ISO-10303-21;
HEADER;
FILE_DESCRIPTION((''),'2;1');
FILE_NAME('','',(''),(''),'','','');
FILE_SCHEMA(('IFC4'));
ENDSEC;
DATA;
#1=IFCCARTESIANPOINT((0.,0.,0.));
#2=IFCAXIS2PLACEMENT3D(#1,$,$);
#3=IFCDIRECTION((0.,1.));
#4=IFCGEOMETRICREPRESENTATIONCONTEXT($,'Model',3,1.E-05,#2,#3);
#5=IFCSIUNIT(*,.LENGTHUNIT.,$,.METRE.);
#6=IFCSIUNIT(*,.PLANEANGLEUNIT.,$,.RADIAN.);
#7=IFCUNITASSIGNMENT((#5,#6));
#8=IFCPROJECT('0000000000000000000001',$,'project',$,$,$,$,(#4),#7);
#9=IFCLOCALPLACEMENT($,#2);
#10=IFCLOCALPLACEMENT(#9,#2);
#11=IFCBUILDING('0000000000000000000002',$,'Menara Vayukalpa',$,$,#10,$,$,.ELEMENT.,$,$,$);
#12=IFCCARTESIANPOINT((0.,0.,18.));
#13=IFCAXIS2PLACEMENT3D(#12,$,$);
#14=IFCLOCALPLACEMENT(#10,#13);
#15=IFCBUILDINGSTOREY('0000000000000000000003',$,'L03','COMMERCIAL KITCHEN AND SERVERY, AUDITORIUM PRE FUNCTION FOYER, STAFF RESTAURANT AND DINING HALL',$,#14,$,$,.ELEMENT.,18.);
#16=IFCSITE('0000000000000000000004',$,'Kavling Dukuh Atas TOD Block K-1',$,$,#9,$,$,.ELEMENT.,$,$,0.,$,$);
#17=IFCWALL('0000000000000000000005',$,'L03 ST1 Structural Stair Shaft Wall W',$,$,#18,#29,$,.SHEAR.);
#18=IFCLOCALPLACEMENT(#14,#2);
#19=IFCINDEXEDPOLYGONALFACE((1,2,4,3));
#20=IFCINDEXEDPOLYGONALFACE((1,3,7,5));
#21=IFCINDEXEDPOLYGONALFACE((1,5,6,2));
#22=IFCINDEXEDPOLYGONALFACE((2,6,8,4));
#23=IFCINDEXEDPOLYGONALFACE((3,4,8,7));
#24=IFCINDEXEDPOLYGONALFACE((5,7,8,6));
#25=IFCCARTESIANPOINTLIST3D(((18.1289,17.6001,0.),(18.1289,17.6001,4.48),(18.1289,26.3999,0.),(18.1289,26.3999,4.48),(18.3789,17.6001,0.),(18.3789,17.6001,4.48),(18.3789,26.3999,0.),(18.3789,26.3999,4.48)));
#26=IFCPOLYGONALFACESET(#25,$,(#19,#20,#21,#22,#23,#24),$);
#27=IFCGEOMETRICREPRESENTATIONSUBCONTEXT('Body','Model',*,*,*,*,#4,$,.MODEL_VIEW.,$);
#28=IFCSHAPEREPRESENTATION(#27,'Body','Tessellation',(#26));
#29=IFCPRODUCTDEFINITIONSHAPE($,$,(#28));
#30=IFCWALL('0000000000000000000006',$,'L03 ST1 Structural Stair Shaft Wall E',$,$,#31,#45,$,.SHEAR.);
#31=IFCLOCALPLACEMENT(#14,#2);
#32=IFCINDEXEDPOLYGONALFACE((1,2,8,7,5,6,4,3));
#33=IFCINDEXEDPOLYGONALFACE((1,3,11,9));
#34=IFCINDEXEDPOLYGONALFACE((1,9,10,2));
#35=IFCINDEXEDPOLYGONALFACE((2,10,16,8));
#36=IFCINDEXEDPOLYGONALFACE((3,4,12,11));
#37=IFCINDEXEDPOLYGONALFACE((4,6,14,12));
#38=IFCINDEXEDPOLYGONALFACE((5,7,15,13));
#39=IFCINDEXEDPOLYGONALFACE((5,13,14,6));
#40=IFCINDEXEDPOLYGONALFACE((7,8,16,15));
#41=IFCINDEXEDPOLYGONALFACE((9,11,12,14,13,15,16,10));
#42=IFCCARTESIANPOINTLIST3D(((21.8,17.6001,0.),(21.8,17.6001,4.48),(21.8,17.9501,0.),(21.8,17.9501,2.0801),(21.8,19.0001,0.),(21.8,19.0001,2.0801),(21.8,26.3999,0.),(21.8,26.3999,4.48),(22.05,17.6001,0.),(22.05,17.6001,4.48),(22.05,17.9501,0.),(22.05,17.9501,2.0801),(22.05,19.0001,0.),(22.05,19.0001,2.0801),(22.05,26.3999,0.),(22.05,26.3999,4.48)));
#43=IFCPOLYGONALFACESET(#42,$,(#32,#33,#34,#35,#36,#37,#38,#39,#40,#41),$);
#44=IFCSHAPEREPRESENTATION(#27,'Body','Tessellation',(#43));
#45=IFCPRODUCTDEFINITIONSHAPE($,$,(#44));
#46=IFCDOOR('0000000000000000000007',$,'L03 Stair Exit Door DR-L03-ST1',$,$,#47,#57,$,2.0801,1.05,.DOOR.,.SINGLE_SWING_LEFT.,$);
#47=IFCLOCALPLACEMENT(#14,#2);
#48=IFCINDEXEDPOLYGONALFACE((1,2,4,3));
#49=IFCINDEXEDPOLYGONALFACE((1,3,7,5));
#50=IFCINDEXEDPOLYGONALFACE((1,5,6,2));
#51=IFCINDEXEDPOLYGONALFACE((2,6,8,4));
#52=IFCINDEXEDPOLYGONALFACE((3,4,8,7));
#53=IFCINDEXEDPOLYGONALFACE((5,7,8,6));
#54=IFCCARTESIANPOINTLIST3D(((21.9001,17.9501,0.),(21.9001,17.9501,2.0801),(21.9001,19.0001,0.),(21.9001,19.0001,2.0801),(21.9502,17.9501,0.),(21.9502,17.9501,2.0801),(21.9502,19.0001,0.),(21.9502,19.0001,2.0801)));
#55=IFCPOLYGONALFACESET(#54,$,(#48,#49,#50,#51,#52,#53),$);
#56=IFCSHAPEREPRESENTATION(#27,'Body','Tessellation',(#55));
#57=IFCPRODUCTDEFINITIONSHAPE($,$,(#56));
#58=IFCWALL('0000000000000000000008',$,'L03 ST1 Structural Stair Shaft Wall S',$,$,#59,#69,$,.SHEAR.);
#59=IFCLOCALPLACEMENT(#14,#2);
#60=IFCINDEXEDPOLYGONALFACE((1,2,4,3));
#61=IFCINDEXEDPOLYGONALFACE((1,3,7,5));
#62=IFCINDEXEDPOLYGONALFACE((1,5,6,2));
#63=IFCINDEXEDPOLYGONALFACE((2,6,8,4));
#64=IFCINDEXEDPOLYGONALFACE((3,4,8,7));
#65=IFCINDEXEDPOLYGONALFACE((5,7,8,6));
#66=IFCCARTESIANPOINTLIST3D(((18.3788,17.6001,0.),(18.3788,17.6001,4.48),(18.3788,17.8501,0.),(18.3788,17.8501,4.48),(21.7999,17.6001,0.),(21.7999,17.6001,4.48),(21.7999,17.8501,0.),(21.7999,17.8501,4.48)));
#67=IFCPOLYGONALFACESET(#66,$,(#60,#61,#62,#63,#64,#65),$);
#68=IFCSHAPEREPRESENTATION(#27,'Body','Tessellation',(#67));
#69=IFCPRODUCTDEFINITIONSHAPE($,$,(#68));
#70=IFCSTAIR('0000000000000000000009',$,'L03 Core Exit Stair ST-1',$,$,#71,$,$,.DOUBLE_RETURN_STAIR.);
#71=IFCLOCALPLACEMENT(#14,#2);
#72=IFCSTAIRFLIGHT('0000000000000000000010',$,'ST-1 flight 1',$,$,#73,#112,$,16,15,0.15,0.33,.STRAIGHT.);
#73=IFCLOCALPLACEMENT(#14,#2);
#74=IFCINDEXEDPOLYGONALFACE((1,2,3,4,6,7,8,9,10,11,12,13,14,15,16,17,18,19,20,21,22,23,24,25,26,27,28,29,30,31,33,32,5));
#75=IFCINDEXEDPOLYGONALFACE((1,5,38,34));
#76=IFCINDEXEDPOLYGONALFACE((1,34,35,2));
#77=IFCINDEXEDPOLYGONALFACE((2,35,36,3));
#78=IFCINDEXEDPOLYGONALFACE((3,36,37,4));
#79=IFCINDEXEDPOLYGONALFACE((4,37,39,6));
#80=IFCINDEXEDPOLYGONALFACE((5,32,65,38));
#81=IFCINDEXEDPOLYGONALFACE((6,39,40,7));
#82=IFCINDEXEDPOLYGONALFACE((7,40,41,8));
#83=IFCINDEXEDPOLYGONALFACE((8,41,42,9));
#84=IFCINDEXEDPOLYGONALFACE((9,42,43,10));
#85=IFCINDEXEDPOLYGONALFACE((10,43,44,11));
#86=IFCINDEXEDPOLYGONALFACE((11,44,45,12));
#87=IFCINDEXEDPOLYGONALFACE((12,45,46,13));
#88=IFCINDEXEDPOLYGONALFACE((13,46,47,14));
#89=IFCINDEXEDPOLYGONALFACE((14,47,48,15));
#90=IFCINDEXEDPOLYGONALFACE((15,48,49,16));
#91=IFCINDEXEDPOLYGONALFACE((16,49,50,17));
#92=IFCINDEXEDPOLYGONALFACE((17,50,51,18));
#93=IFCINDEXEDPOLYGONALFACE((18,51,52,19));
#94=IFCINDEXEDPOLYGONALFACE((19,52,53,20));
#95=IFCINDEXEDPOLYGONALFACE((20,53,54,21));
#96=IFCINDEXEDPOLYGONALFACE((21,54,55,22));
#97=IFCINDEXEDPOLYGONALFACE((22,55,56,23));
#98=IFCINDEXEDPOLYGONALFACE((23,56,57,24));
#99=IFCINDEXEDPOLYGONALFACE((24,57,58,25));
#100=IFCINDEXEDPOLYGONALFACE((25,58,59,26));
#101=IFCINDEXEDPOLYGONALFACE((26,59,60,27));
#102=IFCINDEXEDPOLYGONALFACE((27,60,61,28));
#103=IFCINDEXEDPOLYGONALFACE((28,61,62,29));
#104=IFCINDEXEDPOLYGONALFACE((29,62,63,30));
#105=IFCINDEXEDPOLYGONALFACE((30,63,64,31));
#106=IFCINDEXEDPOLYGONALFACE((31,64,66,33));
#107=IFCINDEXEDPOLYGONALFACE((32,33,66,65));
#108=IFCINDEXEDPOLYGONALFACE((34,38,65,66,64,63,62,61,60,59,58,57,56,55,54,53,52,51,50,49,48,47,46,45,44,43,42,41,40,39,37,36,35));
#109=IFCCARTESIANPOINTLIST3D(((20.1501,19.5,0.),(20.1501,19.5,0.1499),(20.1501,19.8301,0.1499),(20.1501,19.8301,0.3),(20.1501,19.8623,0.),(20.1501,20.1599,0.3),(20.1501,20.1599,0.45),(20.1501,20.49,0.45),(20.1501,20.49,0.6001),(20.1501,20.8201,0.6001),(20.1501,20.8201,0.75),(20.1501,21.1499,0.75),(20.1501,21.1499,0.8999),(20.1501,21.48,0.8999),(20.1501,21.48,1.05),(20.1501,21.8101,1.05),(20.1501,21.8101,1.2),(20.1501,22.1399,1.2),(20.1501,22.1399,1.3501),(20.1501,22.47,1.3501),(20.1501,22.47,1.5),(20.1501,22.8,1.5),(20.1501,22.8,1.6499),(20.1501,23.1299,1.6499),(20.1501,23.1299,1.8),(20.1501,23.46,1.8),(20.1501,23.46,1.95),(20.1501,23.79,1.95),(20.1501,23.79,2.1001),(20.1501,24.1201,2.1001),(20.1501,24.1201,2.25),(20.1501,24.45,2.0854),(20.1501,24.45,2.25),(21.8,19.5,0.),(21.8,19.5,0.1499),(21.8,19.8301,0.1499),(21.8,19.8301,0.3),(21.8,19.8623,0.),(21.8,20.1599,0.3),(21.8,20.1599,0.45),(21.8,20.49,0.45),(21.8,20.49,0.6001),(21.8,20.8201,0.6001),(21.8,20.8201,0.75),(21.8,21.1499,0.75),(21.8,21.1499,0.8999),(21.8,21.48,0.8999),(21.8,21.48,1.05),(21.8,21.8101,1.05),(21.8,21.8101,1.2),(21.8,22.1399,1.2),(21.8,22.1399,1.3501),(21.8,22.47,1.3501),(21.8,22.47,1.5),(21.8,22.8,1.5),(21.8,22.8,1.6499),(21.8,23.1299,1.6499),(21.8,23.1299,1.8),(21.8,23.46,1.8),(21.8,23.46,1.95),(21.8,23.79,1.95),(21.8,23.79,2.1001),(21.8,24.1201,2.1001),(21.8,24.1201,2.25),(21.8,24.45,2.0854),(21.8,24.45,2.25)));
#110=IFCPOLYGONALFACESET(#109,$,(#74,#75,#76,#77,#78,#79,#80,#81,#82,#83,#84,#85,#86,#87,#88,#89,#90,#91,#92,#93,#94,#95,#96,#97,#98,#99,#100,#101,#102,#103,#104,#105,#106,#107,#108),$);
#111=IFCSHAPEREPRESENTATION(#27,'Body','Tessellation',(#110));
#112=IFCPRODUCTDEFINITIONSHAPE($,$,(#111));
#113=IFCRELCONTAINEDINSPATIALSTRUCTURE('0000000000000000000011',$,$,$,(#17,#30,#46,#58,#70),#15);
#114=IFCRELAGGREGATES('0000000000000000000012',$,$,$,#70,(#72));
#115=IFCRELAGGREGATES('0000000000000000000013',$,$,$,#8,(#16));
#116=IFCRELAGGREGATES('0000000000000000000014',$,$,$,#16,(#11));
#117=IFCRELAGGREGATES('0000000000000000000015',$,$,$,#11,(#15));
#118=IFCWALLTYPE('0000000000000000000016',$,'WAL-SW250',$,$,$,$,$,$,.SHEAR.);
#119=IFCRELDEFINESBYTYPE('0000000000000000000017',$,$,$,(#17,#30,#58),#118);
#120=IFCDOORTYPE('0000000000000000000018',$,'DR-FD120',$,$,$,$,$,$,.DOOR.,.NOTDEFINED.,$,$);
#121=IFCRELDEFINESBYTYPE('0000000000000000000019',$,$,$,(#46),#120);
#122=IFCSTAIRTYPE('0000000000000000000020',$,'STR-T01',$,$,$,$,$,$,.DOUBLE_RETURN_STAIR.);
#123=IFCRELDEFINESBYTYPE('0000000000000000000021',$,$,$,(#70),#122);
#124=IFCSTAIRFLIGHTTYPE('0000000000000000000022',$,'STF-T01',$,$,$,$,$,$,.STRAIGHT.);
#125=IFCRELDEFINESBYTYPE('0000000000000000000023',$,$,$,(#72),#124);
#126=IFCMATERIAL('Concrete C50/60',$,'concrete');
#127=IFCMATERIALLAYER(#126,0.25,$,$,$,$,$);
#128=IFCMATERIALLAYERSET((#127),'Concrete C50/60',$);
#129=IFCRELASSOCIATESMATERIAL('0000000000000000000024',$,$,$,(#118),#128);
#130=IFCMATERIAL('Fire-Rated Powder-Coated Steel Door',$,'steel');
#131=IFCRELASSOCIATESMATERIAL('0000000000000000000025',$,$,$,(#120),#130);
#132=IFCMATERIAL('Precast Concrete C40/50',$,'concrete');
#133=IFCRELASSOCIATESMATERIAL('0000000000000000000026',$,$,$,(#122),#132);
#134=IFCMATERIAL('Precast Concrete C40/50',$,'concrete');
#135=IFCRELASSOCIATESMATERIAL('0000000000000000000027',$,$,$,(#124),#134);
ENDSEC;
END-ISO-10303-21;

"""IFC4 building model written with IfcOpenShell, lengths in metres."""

from ifc_helpers import new_model, si_unit, direction, frame, frame_2d, origin, place, context, subcontext, project, spatial, polyline, rectangle, outline, extrude, material, layer, layer_set, type_object, element, fill, aggregate, save


model = new_model("IFC4")

# Units and contexts
model_context = context("Model", 3, precision=1e-05, world=origin(), true_north=direction((0.0, 1.0)))
body_context = subcontext(model_context, "Body", "Model", "MODEL_VIEW")
ifc_project = project(units=[si_unit("LENGTHUNIT", "METRE"), si_unit("PLANEANGLEUNIT", "RADIAN")], contexts=[model_context])

# Site, building, storey
site_placement = place(None, origin())
site = spatial("IfcSite", under=ifc_project, at=site_placement, Name="Kavling Dukuh Atas TOD Block K-1", CompositionType="ELEMENT", RefElevation=0.0)
building_placement = place(site_placement, origin())
building = spatial("IfcBuilding", under=site, at=building_placement, Name="Menara Vayukalpa", CompositionType="ELEMENT")
storey_placement = place(building_placement, frame((0.0, 0.0, 18.0)))
storey = spatial("IfcBuildingStorey", under=building, at=storey_placement, Name="L03", Description="COMMERCIAL KITCHEN AND SERVERY, AUDITORIUM PRE FUNCTION FOYER, STAFF RESTAURANT AND DINING HALL", CompositionType="ELEMENT", Elevation=18.0)

# Wall
ifc_material_1 = material(Name="Concrete C50/60", Category="concrete")
ifc_layer_1 = layer(ifc_material_1, 0.25)
ifc_layer_set_1 = layer_set([ifc_layer_1], Name="Concrete C50/60")
wall_type_1 = type_object("IfcWallType", Name="WAL-SW250", PredefinedType="SHEAR", material=ifc_layer_set_1)
wall_1_placement = place(storey_placement, frame((18.2539, 17.6001, 0.0), z_axis=(0.0, 0.0, 1.0), x_axis=(0.0, 1.0, 0.0)))
element("IfcWall", 1, at=wall_1_placement, inside=storey, type_object=wall_type_1, Name="L03 ST1 Structural Stair Shaft Wall W", PredefinedType="SHEAR", context=body_context, shape_type="SweptSolid", body=[
    extrude(rectangle(XDim=8.7998, YDim=0.25, at=frame_2d((4.3999, 0.0))), origin(), (0.0, 0.0, 1.0), 4.48),
])

# Wall, opening, door
wall_2_placement = place(storey_placement, frame((21.925, 17.6001, 0.0), z_axis=(0.0, 0.0, 1.0), x_axis=(0.0, 1.0, 0.0)))
wall_2 = element("IfcWall", 2, at=wall_2_placement, inside=storey, type_object=wall_type_1, Name="L03 ST1 Structural Stair Shaft Wall E", PredefinedType="SHEAR", context=body_context, shape_type="SweptSolid", body=[
    extrude(rectangle(XDim=8.7998, YDim=0.25, at=frame_2d((4.3999, 0.0))), origin(), (0.0, 0.0, 1.0), 4.48),
])
opening_placement = place(wall_2_placement, frame((0.3501, 0.0, 0.0)))
opening = element("IfcOpeningElement", 3, at=opening_placement, cuts=wall_2, PredefinedType="OPENING", context=body_context, shape_type="SweptSolid", body=[
    extrude(rectangle(XDim=1.05, YDim=2.0801, at=frame_2d((0.5249, 1.04))), frame((0.0, 0.135, 0.0), z_axis=(0.0, -1.0, 0.0), x_axis=(1.0, 0.0, 0.0)), (0.0, 0.0, 1.0), 0.27),
])
ifc_material_2 = material(Name="Fire-Rated Powder-Coated Steel Door", Category="steel")
door_type = type_object("IfcDoorType", Name="DR-FD120", OperationType="NOTDEFINED", PredefinedType="DOOR", material=ifc_material_2)
door_placement = place(opening_placement, origin())
door = element("IfcDoor", 4, at=door_placement, inside=storey, type_object=door_type, Name="L03 Stair Exit Door DR-L03-ST1", OperationType="SINGLE_SWING_LEFT", OverallHeight=2.0801, OverallWidth=1.05, PredefinedType="DOOR", context=body_context, shape_type="SweptSolid", body=[
    extrude(rectangle(XDim=1.05, YDim=2.0801, at=frame_2d((0.5249, 1.04))), frame((0.0, 0.0249, 0.0), z_axis=(0.0, -1.0, 0.0), x_axis=(1.0, 0.0, 0.0)), (0.0, 0.0, 1.0), 0.05),
])
fill(opening, door)

# Wall
wall_3_placement = place(storey_placement, frame((18.3789, 17.7251, 0.0), z_axis=(0.0, 0.0, 1.0), x_axis=(1.0, 0.0, 0.0)))
element("IfcWall", 5, at=wall_3_placement, inside=storey, type_object=wall_type_1, Name="L03 ST1 Structural Stair Shaft Wall S", PredefinedType="SHEAR", context=body_context, shape_type="SweptSolid", body=[
    extrude(rectangle(XDim=3.4211, YDim=0.25, at=frame_2d((1.7104, 0.0))), origin(), (0.0, 0.0, 1.0), 4.48),
])

# Stair, stair flight
ifc_material_3 = material(Name="Precast Concrete C40/50", Category="concrete")
stair_type = type_object("IfcStairType", Name="STR-T01", PredefinedType="DOUBLE_RETURN_STAIR", material=ifc_material_3)
stair_placement = place(storey_placement, origin())
stair = element("IfcStair", 6, at=stair_placement, inside=storey, type_object=stair_type, Name="L03 Core Exit Stair ST-1", PredefinedType="DOUBLE_RETURN_STAIR")
ifc_material_4 = material(Name="Precast Concrete C40/50", Category="concrete")
stair_flight_type = type_object("IfcStairFlightType", Name="STF-T01", PredefinedType="STRAIGHT", material=ifc_material_4)
stair_flight_placement = place(storey_placement, frame((20.9751, 19.5, 0.0), z_axis=(0.0, 0.0, 1.0), x_axis=(0.0, 1.0, 0.0)))
stair_flight = element("IfcStairFlight", 7, at=stair_flight_placement, type_object=stair_flight_type, Name="ST-1 flight 1", NumberOfRisers=16, NumberOfTreads=15, PredefinedType="STRAIGHT", RiserHeight=0.15, TreadLength=0.33, context=body_context, shape_type="SweptSolid", body=[
    extrude(outline(polyline([(0.0, 0.0), (0.0, 0.1499), (0.3301, 0.1499), (0.3301, 0.3), (0.6599, 0.3), (0.6599, 0.45), (0.99, 0.45), (0.99, 0.6001), (1.3201, 0.6001), (1.3201, 0.75), (1.6499, 0.75), (1.6499, 0.8999), (1.98, 0.8999), (1.98, 1.05), (2.3101, 1.05), (2.3101, 1.2), (2.6399, 1.2), (2.6399, 1.3501), (2.97, 1.3501), (2.97, 1.5), (3.3, 1.5), (3.3, 1.6499), (3.6299, 1.6499), (3.6299, 1.8), (3.96, 1.8), (3.96, 1.95), (4.29, 1.95), (4.29, 2.1001), (4.6201, 2.1001), (4.6201, 2.25), (4.95, 2.25), (4.95, 2.3999), (4.95, 2.0854), (0.3623, 0.0), (0.0, 0.0)])), frame((0.0, 0.825, 0.0), z_axis=(0.0, -1.0, 0.0), x_axis=(1.0, 0.0, 0.0)), (0.0, 0.0, 1.0), 1.6499),
])
aggregate(stair, [stair_flight])

save(model, "model.ifc")
